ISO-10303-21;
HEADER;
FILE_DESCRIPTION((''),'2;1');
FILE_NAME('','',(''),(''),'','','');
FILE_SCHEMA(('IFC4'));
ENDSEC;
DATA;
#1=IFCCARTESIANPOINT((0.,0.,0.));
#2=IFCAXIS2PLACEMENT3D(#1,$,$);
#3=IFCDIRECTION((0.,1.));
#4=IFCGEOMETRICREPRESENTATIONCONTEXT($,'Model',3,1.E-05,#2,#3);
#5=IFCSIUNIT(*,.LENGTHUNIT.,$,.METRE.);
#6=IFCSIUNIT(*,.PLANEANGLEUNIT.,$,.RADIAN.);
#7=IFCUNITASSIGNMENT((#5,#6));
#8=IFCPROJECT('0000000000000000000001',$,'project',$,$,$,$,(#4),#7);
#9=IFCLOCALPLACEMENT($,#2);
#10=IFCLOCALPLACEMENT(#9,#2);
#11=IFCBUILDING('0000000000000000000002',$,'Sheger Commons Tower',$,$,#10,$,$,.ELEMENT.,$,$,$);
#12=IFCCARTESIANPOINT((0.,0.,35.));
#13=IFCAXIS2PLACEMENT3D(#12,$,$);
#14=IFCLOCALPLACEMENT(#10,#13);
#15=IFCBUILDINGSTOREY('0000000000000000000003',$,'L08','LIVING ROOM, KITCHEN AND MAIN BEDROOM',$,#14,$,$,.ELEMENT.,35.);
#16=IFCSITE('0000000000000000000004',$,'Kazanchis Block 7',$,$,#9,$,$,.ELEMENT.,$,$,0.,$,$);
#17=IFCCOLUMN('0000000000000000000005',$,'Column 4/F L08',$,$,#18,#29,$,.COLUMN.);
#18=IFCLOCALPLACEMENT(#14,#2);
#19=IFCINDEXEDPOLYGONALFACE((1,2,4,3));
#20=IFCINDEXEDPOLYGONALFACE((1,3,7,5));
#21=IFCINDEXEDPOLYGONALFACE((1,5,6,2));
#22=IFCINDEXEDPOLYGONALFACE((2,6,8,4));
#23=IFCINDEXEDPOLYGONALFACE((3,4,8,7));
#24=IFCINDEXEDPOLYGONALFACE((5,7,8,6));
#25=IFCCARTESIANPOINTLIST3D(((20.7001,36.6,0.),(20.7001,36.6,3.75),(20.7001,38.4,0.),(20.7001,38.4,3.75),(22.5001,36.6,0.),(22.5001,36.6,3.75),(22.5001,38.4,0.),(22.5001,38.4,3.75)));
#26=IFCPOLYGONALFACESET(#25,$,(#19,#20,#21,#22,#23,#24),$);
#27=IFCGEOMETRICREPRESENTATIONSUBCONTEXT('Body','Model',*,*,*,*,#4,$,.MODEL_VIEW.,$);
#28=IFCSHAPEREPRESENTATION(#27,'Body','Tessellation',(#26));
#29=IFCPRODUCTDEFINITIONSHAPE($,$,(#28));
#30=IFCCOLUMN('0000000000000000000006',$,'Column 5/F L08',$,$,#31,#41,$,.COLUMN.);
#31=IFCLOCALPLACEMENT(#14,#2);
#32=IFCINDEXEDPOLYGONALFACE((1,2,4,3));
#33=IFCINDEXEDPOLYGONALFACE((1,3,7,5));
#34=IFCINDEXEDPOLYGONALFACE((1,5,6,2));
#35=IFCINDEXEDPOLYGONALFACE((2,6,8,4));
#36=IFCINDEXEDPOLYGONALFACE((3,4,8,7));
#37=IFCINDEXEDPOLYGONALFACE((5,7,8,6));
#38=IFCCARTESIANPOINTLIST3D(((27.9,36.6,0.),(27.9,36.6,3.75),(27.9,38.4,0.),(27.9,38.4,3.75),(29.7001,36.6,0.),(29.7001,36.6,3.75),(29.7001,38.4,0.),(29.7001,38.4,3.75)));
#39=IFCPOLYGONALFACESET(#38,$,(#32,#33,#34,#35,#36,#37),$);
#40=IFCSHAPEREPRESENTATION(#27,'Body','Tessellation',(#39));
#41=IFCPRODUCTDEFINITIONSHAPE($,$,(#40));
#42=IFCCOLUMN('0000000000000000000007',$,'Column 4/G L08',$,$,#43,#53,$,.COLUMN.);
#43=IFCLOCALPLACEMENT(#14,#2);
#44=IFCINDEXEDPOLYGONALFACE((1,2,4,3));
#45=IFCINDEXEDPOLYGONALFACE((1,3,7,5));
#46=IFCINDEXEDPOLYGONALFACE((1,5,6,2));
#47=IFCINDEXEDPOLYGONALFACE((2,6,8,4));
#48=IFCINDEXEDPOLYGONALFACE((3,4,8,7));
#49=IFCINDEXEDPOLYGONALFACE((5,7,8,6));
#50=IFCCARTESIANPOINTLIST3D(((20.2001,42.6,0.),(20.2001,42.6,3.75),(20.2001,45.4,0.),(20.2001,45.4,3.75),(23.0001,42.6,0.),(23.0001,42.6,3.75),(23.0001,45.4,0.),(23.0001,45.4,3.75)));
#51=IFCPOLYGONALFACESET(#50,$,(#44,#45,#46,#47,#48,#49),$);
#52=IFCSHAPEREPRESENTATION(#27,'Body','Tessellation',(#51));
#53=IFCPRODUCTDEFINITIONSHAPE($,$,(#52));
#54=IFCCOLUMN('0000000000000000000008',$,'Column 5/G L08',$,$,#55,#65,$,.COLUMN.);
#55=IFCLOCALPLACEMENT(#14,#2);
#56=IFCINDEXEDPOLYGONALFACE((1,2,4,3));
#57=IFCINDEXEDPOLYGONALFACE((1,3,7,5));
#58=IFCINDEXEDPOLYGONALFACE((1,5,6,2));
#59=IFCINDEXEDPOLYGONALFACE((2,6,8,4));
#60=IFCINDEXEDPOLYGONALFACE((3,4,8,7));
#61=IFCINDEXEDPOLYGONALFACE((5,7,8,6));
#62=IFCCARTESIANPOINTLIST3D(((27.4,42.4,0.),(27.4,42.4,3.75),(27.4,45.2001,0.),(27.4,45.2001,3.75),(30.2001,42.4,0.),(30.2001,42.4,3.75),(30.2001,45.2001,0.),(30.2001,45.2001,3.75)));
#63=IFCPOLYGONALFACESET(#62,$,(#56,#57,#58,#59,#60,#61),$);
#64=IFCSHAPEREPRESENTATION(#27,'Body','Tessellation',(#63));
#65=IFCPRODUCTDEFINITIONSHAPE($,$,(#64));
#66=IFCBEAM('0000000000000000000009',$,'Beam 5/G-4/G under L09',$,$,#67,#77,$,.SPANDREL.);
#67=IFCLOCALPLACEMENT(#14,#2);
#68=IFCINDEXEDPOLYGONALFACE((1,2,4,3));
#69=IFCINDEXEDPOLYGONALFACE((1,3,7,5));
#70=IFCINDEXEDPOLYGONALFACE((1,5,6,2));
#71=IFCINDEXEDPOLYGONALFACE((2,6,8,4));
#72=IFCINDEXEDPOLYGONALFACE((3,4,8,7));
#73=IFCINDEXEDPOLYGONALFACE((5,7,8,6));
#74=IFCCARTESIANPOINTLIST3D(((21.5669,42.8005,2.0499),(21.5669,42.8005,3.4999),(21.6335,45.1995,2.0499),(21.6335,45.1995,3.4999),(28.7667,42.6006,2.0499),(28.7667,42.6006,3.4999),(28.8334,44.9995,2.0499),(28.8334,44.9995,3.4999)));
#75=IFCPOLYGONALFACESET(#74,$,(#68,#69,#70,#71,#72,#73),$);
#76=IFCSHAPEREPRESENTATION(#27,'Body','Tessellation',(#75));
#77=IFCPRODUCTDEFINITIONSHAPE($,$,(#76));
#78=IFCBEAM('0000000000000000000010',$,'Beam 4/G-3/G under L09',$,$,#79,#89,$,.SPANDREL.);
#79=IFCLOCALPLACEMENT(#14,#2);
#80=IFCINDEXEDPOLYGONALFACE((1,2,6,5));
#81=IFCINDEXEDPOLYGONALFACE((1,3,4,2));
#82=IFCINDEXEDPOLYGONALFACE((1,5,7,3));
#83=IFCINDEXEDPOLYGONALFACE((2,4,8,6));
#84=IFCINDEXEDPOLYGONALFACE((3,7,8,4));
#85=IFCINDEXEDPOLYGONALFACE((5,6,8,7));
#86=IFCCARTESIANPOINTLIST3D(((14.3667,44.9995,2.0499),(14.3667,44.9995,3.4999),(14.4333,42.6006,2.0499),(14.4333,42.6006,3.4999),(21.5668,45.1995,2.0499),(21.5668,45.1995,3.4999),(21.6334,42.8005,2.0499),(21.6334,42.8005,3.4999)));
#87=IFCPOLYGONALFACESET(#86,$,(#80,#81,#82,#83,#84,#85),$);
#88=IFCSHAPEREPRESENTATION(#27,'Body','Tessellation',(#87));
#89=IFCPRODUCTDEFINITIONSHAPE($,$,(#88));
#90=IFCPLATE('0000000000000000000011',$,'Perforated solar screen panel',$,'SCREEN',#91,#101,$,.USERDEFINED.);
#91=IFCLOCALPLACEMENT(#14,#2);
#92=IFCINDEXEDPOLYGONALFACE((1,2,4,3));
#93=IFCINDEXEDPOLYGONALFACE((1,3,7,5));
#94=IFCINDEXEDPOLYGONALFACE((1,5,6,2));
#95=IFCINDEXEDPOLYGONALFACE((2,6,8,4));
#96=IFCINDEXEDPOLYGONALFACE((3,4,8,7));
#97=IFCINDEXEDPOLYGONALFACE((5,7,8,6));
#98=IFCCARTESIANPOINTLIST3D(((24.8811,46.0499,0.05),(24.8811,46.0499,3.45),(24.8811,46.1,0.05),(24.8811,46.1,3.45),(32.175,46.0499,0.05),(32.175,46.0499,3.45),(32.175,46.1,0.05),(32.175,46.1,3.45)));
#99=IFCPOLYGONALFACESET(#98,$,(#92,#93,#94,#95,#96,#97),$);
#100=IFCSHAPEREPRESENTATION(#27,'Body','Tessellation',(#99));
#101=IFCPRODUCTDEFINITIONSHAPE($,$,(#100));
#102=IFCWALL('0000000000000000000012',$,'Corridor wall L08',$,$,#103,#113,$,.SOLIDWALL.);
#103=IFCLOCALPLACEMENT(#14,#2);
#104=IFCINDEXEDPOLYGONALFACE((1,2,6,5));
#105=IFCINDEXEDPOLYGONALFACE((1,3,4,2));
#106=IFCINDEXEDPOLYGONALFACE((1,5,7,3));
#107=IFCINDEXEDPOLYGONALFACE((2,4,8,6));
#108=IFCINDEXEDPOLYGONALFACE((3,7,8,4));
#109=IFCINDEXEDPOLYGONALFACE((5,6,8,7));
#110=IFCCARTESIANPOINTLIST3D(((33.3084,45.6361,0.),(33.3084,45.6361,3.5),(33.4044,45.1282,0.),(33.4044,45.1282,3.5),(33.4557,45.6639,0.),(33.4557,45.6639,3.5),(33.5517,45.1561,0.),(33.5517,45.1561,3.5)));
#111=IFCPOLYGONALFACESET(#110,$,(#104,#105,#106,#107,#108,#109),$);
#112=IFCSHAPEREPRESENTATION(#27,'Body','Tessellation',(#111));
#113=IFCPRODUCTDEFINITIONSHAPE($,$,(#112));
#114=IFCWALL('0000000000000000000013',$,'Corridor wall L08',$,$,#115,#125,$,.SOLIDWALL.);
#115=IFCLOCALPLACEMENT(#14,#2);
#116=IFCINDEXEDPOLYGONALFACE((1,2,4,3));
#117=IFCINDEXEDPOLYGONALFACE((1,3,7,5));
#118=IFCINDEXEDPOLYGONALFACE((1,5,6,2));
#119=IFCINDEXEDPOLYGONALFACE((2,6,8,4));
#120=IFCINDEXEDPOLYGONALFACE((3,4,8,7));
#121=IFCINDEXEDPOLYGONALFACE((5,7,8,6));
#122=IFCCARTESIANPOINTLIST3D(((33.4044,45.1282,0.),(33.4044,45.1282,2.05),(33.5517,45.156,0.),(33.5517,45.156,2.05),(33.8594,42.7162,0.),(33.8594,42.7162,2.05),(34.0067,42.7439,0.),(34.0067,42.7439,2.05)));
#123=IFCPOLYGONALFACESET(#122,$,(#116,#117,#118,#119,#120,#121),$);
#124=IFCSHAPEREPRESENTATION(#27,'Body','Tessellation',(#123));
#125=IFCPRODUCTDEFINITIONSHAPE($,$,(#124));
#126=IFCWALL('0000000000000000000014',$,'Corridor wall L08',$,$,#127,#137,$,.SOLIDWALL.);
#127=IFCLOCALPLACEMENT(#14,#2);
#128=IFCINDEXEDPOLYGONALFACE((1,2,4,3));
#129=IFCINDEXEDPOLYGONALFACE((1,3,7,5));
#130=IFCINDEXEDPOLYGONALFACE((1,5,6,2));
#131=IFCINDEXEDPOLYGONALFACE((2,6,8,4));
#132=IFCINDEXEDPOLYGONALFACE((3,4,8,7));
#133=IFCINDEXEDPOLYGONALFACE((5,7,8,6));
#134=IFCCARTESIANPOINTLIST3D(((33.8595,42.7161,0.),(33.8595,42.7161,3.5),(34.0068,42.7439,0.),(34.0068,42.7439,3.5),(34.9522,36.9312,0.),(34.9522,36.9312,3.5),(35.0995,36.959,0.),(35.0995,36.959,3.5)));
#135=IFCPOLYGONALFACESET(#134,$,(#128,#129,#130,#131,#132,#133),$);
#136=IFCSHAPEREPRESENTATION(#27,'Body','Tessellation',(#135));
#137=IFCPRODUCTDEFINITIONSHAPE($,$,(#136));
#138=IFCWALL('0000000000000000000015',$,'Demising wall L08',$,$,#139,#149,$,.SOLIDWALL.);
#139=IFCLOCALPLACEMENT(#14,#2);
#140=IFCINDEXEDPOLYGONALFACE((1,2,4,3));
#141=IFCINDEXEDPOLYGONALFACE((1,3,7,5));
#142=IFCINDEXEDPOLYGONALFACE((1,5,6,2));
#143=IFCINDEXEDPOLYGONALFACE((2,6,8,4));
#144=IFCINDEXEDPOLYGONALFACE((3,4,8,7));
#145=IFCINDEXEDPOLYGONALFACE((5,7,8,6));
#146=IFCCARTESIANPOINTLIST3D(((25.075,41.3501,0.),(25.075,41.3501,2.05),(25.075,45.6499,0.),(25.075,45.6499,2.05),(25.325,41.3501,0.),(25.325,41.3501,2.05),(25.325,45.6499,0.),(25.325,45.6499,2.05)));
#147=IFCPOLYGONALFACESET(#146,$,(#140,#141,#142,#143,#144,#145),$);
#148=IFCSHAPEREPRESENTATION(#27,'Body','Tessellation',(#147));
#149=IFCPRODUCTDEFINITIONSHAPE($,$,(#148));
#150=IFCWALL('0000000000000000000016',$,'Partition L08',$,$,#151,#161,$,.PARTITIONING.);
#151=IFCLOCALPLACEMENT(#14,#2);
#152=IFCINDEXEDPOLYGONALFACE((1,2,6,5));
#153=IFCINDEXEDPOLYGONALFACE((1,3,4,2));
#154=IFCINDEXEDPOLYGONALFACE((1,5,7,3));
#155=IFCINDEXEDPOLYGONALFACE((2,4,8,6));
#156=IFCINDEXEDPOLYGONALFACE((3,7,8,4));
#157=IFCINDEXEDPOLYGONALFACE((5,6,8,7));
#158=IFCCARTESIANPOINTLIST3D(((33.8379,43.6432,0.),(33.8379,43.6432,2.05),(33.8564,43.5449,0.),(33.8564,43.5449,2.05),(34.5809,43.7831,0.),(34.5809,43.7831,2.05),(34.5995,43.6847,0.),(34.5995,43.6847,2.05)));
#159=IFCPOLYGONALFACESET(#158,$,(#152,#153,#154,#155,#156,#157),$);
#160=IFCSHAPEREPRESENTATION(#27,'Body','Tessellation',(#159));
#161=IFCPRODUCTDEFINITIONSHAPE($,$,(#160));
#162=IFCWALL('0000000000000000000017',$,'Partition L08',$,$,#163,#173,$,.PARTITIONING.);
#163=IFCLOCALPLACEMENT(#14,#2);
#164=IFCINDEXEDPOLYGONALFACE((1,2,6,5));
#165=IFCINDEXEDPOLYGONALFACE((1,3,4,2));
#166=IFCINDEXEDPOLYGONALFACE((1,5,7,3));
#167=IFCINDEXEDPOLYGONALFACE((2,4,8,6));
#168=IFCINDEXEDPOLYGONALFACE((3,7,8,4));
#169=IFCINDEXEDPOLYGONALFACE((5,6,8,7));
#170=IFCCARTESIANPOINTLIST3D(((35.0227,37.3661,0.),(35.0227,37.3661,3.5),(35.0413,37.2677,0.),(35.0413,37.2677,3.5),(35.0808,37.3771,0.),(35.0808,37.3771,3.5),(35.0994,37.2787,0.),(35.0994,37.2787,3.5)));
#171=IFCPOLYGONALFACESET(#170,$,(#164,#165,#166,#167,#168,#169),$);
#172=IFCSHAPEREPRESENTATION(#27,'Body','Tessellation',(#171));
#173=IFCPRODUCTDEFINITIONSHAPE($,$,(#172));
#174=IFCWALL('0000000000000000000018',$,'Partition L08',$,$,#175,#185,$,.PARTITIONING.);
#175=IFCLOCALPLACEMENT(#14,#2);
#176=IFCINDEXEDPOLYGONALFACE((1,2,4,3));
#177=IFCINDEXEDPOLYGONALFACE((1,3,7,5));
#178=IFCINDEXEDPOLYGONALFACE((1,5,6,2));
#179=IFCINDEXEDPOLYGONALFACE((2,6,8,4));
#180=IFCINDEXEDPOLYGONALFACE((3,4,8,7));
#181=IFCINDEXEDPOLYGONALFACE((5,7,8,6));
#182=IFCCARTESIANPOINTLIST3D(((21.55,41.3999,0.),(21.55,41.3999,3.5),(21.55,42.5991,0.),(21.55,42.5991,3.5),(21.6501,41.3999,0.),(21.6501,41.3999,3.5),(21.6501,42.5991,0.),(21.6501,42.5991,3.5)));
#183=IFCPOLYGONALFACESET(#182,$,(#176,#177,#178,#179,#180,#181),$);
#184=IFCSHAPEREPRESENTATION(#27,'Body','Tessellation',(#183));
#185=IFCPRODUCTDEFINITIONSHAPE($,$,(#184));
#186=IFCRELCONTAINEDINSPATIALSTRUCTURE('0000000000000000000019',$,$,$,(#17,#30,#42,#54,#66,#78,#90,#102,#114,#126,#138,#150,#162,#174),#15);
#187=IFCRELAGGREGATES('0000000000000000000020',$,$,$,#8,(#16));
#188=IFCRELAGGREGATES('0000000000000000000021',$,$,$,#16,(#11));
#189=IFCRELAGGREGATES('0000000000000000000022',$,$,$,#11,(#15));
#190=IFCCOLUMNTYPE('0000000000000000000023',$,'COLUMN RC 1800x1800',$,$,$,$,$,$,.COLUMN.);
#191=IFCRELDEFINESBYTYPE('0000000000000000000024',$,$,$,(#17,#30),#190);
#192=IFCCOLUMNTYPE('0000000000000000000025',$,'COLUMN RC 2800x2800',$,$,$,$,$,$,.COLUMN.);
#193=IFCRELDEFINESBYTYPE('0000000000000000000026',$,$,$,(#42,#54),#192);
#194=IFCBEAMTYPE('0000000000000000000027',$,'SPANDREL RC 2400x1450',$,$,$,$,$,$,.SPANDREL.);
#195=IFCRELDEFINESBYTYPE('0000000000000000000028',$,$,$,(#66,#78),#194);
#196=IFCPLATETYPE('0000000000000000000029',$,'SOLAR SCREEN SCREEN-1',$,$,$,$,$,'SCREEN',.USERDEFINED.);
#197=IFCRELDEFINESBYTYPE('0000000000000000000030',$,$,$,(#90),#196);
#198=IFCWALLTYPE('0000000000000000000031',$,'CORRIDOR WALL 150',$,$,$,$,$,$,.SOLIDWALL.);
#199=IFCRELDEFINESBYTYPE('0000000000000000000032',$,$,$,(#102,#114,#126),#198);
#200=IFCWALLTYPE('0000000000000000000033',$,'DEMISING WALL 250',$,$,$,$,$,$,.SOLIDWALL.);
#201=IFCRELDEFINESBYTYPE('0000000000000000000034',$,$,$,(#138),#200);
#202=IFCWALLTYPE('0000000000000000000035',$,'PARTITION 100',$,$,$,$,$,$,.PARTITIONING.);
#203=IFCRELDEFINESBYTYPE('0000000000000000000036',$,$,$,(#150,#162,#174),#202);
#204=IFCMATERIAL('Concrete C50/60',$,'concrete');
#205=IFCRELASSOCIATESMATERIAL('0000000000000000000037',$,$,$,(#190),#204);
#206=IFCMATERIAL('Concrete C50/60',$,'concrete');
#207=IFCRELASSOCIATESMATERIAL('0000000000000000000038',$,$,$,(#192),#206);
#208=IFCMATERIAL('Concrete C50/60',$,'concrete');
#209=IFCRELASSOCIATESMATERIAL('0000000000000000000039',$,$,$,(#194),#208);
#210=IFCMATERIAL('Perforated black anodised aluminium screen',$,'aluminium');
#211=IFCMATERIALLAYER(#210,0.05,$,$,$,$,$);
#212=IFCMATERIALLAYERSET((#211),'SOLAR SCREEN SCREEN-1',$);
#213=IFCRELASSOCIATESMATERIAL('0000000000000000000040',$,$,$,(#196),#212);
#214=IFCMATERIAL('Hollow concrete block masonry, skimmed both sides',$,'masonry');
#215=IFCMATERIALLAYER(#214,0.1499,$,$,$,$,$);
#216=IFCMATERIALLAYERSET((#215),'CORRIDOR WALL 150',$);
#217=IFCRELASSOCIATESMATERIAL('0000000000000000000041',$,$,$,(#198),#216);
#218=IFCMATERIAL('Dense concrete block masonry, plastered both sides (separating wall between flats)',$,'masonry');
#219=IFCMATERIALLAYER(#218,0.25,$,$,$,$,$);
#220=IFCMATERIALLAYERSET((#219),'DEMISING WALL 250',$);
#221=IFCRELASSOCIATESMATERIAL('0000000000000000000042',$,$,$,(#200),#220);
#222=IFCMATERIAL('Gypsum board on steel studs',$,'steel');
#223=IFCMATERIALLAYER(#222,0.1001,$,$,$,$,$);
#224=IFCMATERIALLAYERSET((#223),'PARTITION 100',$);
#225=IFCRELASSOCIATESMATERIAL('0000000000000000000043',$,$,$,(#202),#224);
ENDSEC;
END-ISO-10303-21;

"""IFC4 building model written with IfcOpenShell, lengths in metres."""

from ifc_helpers import new_model, si_unit, direction, frame, frame_2d, origin, origin_2d, place, context, subcontext, project, spatial, rectangle, extrude, material, layer, layer_set, material_profile, profile_set, type_object, element, save


model = new_model("IFC4")

# Units and contexts
model_context = context("Model", 3, precision=1e-05, world=origin(), true_north=direction((0.0, 1.0)))
body_context = subcontext(model_context, "Body", "Model", "MODEL_VIEW")
ifc_project = project(units=[si_unit("LENGTHUNIT", "METRE"), si_unit("PLANEANGLEUNIT", "RADIAN")], contexts=[model_context])

# Site, building, storey
site_placement = place(None, origin())
site = spatial("IfcSite", under=ifc_project, at=site_placement, Name="Kazanchis Block 7", CompositionType="ELEMENT", RefElevation=0.0)
building_placement = place(site_placement, origin())
building = spatial("IfcBuilding", under=site, at=building_placement, Name="Sheger Commons Tower", CompositionType="ELEMENT")
storey_placement = place(building_placement, frame((0.0, 0.0, 35.0)))
storey = spatial("IfcBuildingStorey", under=building, at=storey_placement, Name="L08", Description="LIVING ROOM, KITCHEN AND MAIN BEDROOM", CompositionType="ELEMENT", Elevation=35.0)

# Columns
ifc_material_1 = material(Name="Concrete C50/60", Category="concrete")
ifc_material_profile_1 = material_profile(ifc_material_1, rectangle(XDim=1.8, YDim=1.8, at=origin_2d()), Name="RC 1800x1800")
ifc_profile_set_1 = profile_set([ifc_material_profile_1], Name="Concrete C50/60")
column_type_1 = type_object("IfcColumnType", Name="COLUMN RC 1800x1800", PredefinedType="COLUMN", material=ifc_profile_set_1)
for number, where, z_axis, x_axis, name in (
    (1, (21.6001, 37.5, 0.0), (0.0, 0.0, 1.0), (1.0, 0.0, 0.0), "Column 4/F L08"),
    (2, (28.8, 37.5, 0.0), (0.0, 0.0, 1.0), (1.0, 0.0, 0.0), "Column 5/F L08"),
):
    element("IfcColumn", number, at=place(storey_placement, frame(where, z_axis=z_axis, x_axis=x_axis)), inside=storey, type_object=column_type_1, Name=name, PredefinedType="COLUMN", context=body_context, shape_type="SweptSolid", body=[
        extrude(rectangle(XDim=1.8, YDim=1.8, at=origin_2d()), origin(), (0.0, 0.0, 1.0), 3.75),
    ])
ifc_material_2 = material(Name="Concrete C50/60", Category="concrete")
ifc_material_profile_2 = material_profile(ifc_material_2, rectangle(XDim=2.8, YDim=2.8, at=origin_2d()), Name="RC 2800x2800")
ifc_profile_set_2 = profile_set([ifc_material_profile_2], Name="Concrete C50/60")
column_type_2 = type_object("IfcColumnType", Name="COLUMN RC 2800x2800", PredefinedType="COLUMN", material=ifc_profile_set_2)
for number, where, z_axis, x_axis, name in (
    (3, (21.6001, 44.0, 0.0), (0.0, 0.0, 1.0), (1.0, 0.0, 0.0), "Column 4/G L08"),
    (4, (28.8, 43.8, 0.0), (0.0, 0.0, 1.0), (1.0, 0.0, 0.0), "Column 5/G L08"),
):
    element("IfcColumn", number, at=place(storey_placement, frame(where, z_axis=z_axis, x_axis=x_axis)), inside=storey, type_object=column_type_2, Name=name, PredefinedType="COLUMN", context=body_context, shape_type="SweptSolid", body=[
        extrude(rectangle(XDim=2.8, YDim=2.8, at=origin_2d()), origin(), (0.0, 0.0, 1.0), 3.75),
    ])

# Beams
ifc_material_3 = material(Name="Concrete C50/60", Category="concrete")
ifc_material_profile_3 = material_profile(ifc_material_3, rectangle(XDim=2.3999, YDim=1.45, at=origin_2d()), Name="RC 2400x1450")
ifc_profile_set_3 = profile_set([ifc_material_profile_3], Name="Concrete C50/60")
beam_type = type_object("IfcBeamType", Name="SPANDREL RC 2400x1450", PredefinedType="SPANDREL", material=ifc_profile_set_3)
beam_1_placement = place(storey_placement, frame((28.8, 43.8, 2.7749), z_axis=(-0.999615, 0.02776, 0.0), x_axis=(-0.02776, -0.999615, 0.0)))
element("IfcBeam", 5, at=beam_1_placement, inside=storey, type_object=beam_type, Name="Beam 5/G-4/G under L09", PredefinedType="SPANDREL", context=body_context, shape_type="SweptSolid", body=[
    extrude(rectangle(XDim=2.3999, YDim=1.45, at=origin_2d()), origin(), (0.0, 0.0, 1.0), 7.2026),
])
beam_2_placement = place(storey_placement, frame((21.6001, 44.0, 2.7749), z_axis=(-0.999615, -0.02776, 0.0), x_axis=(0.02776, -0.999615, 0.0)))
element("IfcBeam", 6, at=beam_2_placement, inside=storey, type_object=beam_type, Name="Beam 4/G-3/G under L09", PredefinedType="SPANDREL", context=body_context, shape_type="SweptSolid", body=[
    extrude(rectangle(XDim=2.3999, YDim=1.45, at=origin_2d()), origin(), (0.0, 0.0, 1.0), 7.2029),
])

# Plate
ifc_material_4 = material(Name="Perforated black anodised aluminium screen", Category="aluminium")
ifc_layer_1 = layer(ifc_material_4, 0.05)
ifc_layer_set_1 = layer_set([ifc_layer_1], Name="SOLAR SCREEN SCREEN-1")
plate_type = type_object("IfcPlateType", Name="SOLAR SCREEN SCREEN-1", ElementType="SCREEN", PredefinedType="USERDEFINED", material=ifc_layer_set_1)
plate_placement = place(storey_placement, frame((28.5281, 46.075, 0.05), z_axis=(0.0, 0.0, 1.0), x_axis=(-1.0, 0.0, 0.0)))
element("IfcPlate", 7, at=plate_placement, inside=storey, type_object=plate_type, Name="Perforated solar screen panel", ObjectType="SCREEN", PredefinedType="USERDEFINED", context=body_context, shape_type="SweptSolid", body=[
    extrude(rectangle(XDim=7.2939, YDim=0.05, at=origin_2d()), origin(), (0.0, 0.0, 1.0), 3.3999),
])

# Walls
ifc_material_5 = material(Name="Hollow concrete block masonry, skimmed both sides", Category="masonry")
ifc_layer_2 = layer(ifc_material_5, 0.1499)
ifc_layer_set_2 = layer_set([ifc_layer_2], Name="CORRIDOR WALL 150")
wall_type_1 = type_object("IfcWallType", Name="CORRIDOR WALL 150", PredefinedType="SOLIDWALL", material=ifc_layer_set_2)
wall_1_placement = place(storey_placement, frame((33.3821, 45.6499, 0.0), z_axis=(0.0, 0.0, 1.0), x_axis=(0.185657, -0.982615, 0.0)))
element("IfcWall", 8, at=wall_1_placement, inside=storey, type_object=wall_type_1, Name="Corridor wall L08", PredefinedType="SOLIDWALL", context=body_context, shape_type="SweptSolid", body=[
    extrude(rectangle(XDim=0.5168, YDim=0.1499, at=frame_2d((0.2583, 0.0))), origin(), (0.0, 0.0, 1.0), 3.5),
])
wall_2_placement = place(storey_placement, frame((33.478, 45.1421, 0.0), z_axis=(0.0, 0.0, 1.0), x_axis=(0.185393, -0.982664, 0.0)))
element("IfcWall", 9, at=wall_2_placement, inside=storey, type_object=wall_type_1, Name="Corridor wall L08", PredefinedType="SOLIDWALL", context=body_context, shape_type="SweptSolid", body=[
    extrude(rectangle(XDim=2.4546, YDim=0.1499, at=frame_2d((1.2273, 0.0))), origin(), (0.0, 0.0, 1.0), 2.05),
])
wall_3_placement = place(storey_placement, frame((33.9331, 42.73, 0.0), z_axis=(0.0, 0.0, 1.0), x_axis=(0.185618, -0.982622, 0.0)))
element("IfcWall", 10, at=wall_3_placement, inside=storey, type_object=wall_type_1, Name="Corridor wall L08", PredefinedType="SOLIDWALL", context=body_context, shape_type="SweptSolid", body=[
    extrude(rectangle(XDim=5.8872, YDim=0.1499, at=frame_2d((2.9436, 0.0))), origin(), (0.0, 0.0, 1.0), 3.5),
])
ifc_material_6 = material(Name="Dense concrete block masonry, plastered both sides (separating wall between flats)", Category="masonry")
ifc_layer_3 = layer(ifc_material_6, 0.25)
ifc_layer_set_3 = layer_set([ifc_layer_3], Name="DEMISING WALL 250")
wall_type_2 = type_object("IfcWallType", Name="DEMISING WALL 250", PredefinedType="SOLIDWALL", material=ifc_layer_set_3)
wall_4_placement = place(storey_placement, frame((25.2, 41.3501, 0.0), z_axis=(0.0, 0.0, 1.0), x_axis=(0.0, 1.0, 0.0)))
element("IfcWall", 11, at=wall_4_placement, inside=storey, type_object=wall_type_2, Name="Demising wall L08", PredefinedType="SOLIDWALL", context=body_context, shape_type="SweptSolid", body=[
    extrude(rectangle(XDim=4.2998, YDim=0.25, at=frame_2d((2.1499, 0.0))), origin(), (0.0, 0.0, 1.0), 2.05),
])
ifc_material_7 = material(Name="Gypsum board on steel studs", Category="steel")
ifc_layer_4 = layer(ifc_material_7, 0.1001)
ifc_layer_set_4 = layer_set([ifc_layer_4], Name="PARTITION 100")
wall_type_3 = type_object("IfcWallType", Name="PARTITION 100", PredefinedType="PARTITIONING", material=ifc_layer_set_4)
wall_5_placement = place(storey_placement, frame((34.5901, 43.7339, 0.0), z_axis=(0.0, 0.0, 1.0), x_axis=(-0.98274, -0.18499, 0.0)))
element("IfcWall", 12, at=wall_5_placement, inside=storey, type_object=wall_type_3, Name="Partition L08", PredefinedType="PARTITIONING", context=body_context, shape_type="SweptSolid", body=[
    extrude(rectangle(XDim=0.7561, YDim=0.1001, at=frame_2d((0.3779, 0.0))), origin(), (0.0, 0.0, 1.0), 2.05),
])
wall_6_placement = place(storey_placement, frame((35.0901, 37.3279, 0.0), z_axis=(0.0, 0.0, 1.0), x_axis=(-0.982591, -0.185784, 0.0)))
element("IfcWall", 13, at=wall_6_placement, inside=storey, type_object=wall_type_3, Name="Partition L08", PredefinedType="PARTITIONING", context=body_context, shape_type="SweptSolid", body=[
    extrude(rectangle(XDim=0.0591, YDim=0.1001, at=frame_2d((0.0295, 0.0))), origin(), (0.0, 0.0, 1.0), 3.5),
])
wall_7_placement = place(storey_placement, frame((21.6001, 41.3999, 0.0), z_axis=(0.0, 0.0, 1.0), x_axis=(0.0, 1.0, 0.0)))
element("IfcWall", 14, at=wall_7_placement, inside=storey, type_object=wall_type_3, Name="Partition L08", PredefinedType="PARTITIONING", context=body_context, shape_type="SweptSolid", body=[
    extrude(rectangle(XDim=1.1992, YDim=0.1001, at=frame_2d((0.5996, 0.0))), origin(), (0.0, 0.0, 1.0), 3.5),
])

save(model, "model.ifc")
